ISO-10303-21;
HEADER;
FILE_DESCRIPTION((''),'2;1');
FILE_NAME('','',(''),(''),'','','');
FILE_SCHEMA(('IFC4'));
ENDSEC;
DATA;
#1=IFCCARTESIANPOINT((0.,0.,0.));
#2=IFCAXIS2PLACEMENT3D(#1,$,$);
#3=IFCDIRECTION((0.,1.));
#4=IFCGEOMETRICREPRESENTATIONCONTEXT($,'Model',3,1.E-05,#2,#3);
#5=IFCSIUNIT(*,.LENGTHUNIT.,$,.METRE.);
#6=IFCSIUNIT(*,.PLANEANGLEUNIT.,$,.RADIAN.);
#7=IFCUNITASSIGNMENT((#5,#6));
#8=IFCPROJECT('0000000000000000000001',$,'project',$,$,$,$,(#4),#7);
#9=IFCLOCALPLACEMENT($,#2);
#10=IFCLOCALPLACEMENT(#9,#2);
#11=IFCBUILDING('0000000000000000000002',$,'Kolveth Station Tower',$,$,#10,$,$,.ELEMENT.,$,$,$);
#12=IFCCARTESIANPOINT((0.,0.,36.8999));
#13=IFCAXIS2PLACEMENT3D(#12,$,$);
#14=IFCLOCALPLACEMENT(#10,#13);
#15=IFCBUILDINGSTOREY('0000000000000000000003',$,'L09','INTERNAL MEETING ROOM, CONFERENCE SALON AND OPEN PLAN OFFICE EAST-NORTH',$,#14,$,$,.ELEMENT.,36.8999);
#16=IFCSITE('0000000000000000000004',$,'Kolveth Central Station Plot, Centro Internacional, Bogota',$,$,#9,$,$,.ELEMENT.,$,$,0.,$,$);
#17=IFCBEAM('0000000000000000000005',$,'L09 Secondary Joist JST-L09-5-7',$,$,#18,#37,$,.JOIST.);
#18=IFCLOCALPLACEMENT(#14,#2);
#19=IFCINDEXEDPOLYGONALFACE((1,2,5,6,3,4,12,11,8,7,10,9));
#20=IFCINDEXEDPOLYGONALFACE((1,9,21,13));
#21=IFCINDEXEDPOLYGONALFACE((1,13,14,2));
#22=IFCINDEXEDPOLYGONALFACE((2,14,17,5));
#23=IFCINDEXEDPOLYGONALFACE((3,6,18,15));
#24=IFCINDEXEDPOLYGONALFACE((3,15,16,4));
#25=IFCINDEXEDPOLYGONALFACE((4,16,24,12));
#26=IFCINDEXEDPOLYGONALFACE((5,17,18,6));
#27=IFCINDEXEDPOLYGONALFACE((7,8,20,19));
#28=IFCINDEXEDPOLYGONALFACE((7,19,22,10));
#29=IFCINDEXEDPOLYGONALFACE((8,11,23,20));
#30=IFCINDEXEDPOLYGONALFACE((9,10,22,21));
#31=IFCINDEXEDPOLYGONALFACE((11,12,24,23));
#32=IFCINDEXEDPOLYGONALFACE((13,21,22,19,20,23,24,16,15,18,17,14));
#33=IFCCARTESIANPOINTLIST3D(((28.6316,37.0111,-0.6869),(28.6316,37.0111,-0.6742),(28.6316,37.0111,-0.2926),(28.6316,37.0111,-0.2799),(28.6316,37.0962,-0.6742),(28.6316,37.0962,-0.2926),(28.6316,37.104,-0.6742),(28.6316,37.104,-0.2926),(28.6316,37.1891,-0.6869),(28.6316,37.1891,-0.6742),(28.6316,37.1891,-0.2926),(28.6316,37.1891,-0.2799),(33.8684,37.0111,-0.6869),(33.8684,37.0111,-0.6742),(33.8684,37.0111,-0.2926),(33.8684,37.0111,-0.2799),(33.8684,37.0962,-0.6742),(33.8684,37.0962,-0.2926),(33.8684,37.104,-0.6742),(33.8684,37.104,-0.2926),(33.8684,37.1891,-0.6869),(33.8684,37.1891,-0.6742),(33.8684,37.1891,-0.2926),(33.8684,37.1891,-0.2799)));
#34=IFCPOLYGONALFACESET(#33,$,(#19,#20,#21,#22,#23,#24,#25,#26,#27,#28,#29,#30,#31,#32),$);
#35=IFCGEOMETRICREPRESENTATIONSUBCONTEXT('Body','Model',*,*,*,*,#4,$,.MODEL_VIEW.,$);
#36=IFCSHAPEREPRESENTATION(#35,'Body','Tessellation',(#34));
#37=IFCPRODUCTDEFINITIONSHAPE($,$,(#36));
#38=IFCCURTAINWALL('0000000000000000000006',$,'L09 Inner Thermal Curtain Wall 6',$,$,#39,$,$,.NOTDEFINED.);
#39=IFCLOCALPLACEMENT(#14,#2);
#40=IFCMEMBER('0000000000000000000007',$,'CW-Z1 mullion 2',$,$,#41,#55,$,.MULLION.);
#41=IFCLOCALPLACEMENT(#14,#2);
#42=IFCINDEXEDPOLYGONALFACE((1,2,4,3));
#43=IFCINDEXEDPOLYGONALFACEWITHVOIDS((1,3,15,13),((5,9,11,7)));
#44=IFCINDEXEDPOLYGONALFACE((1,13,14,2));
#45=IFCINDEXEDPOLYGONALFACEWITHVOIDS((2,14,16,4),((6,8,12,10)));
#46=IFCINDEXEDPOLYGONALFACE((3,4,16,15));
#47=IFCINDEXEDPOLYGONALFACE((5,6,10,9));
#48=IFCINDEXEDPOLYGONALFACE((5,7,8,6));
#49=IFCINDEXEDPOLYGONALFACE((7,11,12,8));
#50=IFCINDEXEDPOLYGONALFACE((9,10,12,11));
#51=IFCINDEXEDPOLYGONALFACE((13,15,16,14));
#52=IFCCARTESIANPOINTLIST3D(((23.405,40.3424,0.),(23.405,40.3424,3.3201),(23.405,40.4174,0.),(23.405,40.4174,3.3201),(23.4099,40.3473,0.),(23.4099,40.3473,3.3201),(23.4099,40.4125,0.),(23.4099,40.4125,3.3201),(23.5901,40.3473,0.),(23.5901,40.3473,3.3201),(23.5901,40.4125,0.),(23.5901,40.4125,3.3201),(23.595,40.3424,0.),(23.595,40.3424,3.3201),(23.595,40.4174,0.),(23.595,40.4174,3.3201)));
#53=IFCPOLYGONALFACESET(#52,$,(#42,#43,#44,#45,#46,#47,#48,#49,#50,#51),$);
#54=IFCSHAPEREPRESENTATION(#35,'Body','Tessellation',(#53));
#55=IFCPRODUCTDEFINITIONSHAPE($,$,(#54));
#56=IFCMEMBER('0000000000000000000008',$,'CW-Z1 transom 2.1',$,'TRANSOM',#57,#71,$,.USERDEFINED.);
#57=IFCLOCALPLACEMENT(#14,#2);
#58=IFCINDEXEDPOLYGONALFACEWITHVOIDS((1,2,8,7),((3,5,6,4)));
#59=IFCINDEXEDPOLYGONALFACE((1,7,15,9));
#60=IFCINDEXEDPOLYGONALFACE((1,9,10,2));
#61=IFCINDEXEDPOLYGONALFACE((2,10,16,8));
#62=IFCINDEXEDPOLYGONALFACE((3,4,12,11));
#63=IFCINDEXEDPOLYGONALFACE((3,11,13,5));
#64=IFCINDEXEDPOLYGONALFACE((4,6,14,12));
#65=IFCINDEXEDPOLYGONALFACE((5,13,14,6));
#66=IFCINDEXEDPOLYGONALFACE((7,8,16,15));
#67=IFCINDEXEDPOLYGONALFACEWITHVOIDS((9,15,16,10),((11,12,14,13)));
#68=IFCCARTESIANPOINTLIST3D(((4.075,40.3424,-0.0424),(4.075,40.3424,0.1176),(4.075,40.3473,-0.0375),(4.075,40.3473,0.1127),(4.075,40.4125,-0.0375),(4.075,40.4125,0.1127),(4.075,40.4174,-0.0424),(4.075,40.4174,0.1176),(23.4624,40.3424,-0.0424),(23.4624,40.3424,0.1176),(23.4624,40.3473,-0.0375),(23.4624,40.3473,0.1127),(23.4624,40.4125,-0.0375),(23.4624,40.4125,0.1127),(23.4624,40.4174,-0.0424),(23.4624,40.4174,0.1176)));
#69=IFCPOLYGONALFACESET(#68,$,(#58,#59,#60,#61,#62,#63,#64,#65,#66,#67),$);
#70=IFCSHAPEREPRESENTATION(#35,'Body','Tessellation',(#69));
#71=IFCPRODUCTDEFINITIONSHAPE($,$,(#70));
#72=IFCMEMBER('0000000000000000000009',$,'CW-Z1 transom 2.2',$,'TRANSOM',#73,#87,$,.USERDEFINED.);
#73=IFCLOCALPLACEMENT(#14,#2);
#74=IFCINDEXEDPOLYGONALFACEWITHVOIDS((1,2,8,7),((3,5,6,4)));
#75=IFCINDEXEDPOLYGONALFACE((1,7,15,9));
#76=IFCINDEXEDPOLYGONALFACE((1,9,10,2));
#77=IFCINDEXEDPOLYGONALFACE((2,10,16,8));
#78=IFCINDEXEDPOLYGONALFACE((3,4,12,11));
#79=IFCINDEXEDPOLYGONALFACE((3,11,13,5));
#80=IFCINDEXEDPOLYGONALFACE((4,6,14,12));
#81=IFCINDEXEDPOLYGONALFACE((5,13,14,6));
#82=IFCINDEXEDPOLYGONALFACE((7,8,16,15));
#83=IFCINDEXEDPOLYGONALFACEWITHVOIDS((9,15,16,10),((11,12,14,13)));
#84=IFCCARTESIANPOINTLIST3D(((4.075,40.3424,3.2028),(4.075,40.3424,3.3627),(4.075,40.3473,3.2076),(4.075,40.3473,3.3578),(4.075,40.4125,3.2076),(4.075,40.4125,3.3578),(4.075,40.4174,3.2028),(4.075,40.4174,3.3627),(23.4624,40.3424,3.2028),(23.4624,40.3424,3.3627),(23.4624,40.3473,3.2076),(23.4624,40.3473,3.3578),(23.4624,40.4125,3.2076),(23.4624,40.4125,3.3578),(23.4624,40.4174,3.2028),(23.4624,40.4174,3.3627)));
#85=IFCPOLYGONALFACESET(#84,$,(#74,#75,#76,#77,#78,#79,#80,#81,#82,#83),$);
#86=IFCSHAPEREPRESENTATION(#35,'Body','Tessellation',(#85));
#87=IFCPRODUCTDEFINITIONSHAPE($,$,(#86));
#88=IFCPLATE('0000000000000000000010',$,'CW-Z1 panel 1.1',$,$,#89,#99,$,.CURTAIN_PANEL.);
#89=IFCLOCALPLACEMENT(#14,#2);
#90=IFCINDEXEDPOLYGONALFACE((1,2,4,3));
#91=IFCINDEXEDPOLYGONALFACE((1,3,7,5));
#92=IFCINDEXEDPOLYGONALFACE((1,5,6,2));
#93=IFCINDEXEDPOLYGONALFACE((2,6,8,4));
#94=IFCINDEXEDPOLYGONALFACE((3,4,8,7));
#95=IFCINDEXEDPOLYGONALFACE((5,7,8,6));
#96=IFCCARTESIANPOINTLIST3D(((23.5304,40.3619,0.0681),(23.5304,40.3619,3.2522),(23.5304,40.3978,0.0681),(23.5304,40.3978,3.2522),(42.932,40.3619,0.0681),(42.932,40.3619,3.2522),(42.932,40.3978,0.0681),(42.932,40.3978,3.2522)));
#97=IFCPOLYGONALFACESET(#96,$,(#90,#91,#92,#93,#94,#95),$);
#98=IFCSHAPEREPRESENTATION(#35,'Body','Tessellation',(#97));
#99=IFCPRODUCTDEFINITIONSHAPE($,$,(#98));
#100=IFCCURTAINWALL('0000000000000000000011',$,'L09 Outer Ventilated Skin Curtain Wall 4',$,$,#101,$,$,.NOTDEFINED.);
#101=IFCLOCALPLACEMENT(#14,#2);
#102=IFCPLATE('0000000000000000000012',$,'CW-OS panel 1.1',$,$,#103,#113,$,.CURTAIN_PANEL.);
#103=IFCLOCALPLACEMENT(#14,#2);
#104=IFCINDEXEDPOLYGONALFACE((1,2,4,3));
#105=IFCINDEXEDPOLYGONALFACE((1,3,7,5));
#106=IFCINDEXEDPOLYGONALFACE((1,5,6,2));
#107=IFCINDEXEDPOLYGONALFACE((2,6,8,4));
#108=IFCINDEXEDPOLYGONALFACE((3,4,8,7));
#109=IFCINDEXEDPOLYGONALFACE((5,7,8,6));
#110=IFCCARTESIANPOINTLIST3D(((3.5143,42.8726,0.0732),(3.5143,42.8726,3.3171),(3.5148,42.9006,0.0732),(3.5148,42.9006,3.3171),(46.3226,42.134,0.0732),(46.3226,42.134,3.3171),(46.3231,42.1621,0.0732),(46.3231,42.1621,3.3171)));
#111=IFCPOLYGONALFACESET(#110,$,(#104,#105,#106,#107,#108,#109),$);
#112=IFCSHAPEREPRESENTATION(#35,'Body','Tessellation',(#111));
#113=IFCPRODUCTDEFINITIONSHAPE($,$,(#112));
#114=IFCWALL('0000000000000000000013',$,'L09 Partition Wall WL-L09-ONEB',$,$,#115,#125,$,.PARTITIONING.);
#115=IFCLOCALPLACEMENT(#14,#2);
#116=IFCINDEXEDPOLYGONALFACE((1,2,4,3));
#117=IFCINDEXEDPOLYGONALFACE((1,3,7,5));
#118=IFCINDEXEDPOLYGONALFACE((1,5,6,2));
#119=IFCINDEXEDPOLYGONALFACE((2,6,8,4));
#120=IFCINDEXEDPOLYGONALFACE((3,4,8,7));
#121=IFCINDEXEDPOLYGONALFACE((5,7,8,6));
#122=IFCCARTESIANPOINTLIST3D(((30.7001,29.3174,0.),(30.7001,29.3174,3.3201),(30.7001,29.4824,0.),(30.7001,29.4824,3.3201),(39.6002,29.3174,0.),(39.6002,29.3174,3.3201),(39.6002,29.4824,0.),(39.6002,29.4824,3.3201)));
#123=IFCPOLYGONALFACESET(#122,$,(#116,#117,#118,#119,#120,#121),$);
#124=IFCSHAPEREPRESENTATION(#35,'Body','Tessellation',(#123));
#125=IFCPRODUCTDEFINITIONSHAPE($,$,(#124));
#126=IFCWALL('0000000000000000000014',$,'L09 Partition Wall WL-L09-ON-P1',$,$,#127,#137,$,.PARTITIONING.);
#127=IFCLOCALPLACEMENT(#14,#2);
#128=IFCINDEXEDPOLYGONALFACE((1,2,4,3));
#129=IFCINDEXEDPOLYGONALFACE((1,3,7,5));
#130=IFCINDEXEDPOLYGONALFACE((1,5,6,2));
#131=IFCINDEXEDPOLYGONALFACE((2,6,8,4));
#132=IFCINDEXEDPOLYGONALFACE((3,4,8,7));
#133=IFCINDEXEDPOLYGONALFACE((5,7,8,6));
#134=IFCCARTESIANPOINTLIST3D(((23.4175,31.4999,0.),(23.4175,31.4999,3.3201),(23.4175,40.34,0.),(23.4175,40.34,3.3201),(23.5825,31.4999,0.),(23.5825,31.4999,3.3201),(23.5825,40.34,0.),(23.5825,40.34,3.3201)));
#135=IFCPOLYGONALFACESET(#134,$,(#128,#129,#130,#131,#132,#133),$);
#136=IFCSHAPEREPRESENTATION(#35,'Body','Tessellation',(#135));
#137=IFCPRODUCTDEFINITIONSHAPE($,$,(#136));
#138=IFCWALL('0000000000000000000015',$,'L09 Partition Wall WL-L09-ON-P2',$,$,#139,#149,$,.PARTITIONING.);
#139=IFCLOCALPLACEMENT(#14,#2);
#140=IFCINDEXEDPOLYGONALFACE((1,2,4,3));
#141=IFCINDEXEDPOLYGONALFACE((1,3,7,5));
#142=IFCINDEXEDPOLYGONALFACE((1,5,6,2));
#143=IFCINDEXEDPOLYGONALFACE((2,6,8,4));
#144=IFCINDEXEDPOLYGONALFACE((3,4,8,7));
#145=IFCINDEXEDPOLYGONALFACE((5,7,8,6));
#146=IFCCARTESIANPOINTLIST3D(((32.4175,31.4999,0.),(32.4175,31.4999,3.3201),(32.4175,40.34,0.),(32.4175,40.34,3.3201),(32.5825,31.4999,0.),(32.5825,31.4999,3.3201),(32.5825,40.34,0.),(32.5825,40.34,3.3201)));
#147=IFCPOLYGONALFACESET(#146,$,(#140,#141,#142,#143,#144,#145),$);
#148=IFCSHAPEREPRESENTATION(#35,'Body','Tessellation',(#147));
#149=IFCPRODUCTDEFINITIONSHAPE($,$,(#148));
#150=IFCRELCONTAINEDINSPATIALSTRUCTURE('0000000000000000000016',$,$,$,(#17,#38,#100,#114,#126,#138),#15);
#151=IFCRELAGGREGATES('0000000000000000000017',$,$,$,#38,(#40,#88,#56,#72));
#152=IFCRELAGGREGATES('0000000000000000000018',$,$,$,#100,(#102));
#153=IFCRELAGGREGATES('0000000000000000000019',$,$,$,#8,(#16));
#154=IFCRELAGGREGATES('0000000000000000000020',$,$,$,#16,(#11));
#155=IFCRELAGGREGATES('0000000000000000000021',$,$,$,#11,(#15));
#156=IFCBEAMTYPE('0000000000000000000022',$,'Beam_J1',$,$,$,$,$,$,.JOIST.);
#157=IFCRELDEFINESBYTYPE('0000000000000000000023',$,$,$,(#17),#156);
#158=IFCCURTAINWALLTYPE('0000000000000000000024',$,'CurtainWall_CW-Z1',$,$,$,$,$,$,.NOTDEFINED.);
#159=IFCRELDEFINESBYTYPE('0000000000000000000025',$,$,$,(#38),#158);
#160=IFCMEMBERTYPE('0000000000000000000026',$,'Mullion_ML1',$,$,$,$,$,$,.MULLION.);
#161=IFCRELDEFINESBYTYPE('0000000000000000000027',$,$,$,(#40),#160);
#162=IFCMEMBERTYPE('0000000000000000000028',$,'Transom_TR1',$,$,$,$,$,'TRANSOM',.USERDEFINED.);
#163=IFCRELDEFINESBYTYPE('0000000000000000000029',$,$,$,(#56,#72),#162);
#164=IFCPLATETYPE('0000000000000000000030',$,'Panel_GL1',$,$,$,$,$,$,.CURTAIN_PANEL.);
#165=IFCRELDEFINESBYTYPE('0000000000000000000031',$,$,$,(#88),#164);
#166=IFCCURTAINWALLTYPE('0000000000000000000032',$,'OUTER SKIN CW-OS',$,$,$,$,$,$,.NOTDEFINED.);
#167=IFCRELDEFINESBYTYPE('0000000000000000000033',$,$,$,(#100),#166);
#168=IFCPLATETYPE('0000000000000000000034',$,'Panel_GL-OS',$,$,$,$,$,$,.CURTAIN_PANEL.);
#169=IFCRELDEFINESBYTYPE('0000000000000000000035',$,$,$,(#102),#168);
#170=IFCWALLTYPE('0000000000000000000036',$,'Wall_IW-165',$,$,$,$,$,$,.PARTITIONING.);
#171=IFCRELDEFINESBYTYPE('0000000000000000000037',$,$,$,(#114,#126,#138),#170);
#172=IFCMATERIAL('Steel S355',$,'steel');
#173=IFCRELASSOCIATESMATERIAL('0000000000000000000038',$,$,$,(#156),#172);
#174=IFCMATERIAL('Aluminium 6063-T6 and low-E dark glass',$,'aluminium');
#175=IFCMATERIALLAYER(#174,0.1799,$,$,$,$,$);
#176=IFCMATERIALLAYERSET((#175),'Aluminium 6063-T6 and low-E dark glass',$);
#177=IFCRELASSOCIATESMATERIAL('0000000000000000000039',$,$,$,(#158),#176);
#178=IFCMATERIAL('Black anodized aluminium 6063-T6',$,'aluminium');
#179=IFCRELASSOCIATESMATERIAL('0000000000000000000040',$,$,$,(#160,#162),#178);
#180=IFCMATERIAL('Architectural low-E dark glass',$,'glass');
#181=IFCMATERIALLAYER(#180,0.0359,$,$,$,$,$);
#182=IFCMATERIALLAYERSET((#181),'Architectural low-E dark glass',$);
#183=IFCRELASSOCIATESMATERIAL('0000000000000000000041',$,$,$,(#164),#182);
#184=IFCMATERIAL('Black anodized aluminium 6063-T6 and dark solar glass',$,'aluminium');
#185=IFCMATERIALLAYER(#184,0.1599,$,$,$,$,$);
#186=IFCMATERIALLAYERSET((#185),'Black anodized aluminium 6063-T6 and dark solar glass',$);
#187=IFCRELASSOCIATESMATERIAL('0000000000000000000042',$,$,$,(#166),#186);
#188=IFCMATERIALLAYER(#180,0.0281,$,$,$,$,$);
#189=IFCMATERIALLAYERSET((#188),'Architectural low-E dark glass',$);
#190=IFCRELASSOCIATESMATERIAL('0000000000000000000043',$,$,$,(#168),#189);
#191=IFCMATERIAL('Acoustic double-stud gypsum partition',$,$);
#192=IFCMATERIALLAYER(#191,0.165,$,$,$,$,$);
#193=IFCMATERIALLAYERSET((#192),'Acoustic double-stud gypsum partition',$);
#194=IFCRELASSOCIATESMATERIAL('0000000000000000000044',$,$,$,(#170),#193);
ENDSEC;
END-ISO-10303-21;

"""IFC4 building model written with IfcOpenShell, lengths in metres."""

from ifc_helpers import new_model, si_unit, direction, frame, frame_2d, origin, origin_2d, place, context, subcontext, project, spatial, rectangle, hollow_rectangle, i_section, extrude, source, transform, mapped, material, layer, layer_set, material_profile, profile_set, type_object, element, aggregate, save


model = new_model("IFC4")

# Units and contexts
model_context = context("Model", 3, precision=1e-05, world=origin(), true_north=direction((0.0, 1.0)))
body_context = subcontext(model_context, "Body", "Model", "MODEL_VIEW")
ifc_project = project(units=[si_unit("LENGTHUNIT", "METRE"), si_unit("PLANEANGLEUNIT", "RADIAN")], contexts=[model_context])

# Site, building, storey
site_placement = place(None, origin())
site = spatial("IfcSite", under=ifc_project, at=site_placement, Name="Kolveth Central Station Plot, Centro Internacional, Bogota", CompositionType="ELEMENT", RefElevation=0.0)
building_placement = place(site_placement, origin())
building = spatial("IfcBuilding", under=site, at=building_placement, Name="Kolveth Station Tower", CompositionType="ELEMENT")
storey_placement = place(building_placement, frame((0.0, 0.0, 36.8999)))
storey = spatial("IfcBuildingStorey", under=building, at=storey_placement, Name="L09", Description="INTERNAL MEETING ROOM, CONFERENCE SALON AND OPEN PLAN OFFICE EAST-NORTH", CompositionType="ELEMENT", Elevation=36.8999)

# Shared definitions
ifc_material_1 = material(Name="Steel S355", Category="steel")

# Beam
ifc_material_profile_1 = material_profile(ifc_material_1, i_section(OverallWidth=0.178, OverallDepth=0.407, WebThickness=0.0078, FlangeThickness=0.0127, at=origin_2d()), Name="W410x60")
ifc_profile_set_1 = profile_set([ifc_material_profile_1], Name="Steel S355")
beam_type_1 = type_object("IfcBeamType", Name="Beam_J1", PredefinedType="JOIST", material=ifc_profile_set_1)
shared_shape_1 = source(origin(), body_context, "Body", "SweptSolid", [
    extrude(i_section(OverallWidth=0.178, OverallDepth=0.407, WebThickness=0.0078, FlangeThickness=0.0127, at=origin_2d()), origin(), (0.0, 0.0, 1.0), 5.2368),
])
for number, where, z_axis, x_axis, name in (
    (1, (28.6316, 37.1001, -0.4834), (1.0, 0.0, 0.0), (0.0, 1.0, 0.0), "L09 Secondary Joist JST-L09-5-7"),
):
    element("IfcBeam", number, at=place(storey_placement, frame(where, z_axis=z_axis, x_axis=x_axis)), inside=storey, type_object=beam_type_1, Name=name, PredefinedType="JOIST", context=body_context, shape_type="MappedRepresentation", body=[
        mapped(shared_shape_1, transform((0.0, 0.0, 0.0), x_axis=(1.0, 0.0, 0.0), y_axis=(0.0, 1.0, 0.0), z_axis=(0.0, 0.0, 1.0), scale=1.0)),
    ])

# Curtain wall, members, plate
ifc_material_2 = material(Name="Aluminium 6063-T6 and low-E dark glass", Category="aluminium")
ifc_layer_1 = layer(ifc_material_2, 0.1799)
ifc_layer_set_1 = layer_set([ifc_layer_1], Name="Aluminium 6063-T6 and low-E dark glass")
curtain_wall_type_1 = type_object("IfcCurtainWallType", Name="CurtainWall_CW-Z1", PredefinedType="NOTDEFINED", material=ifc_layer_set_1)
curtain_wall_1_placement = place(storey_placement, origin())
curtain_wall_1 = element("IfcCurtainWall", 2, at=curtain_wall_1_placement, inside=storey, type_object=curtain_wall_type_1, Name="L09 Inner Thermal Curtain Wall 6", PredefinedType="NOTDEFINED")
ifc_material_3 = material(Name="Black anodized aluminium 6063-T6", Category="aluminium")
ifc_material_profile_2 = material_profile(ifc_material_3, hollow_rectangle(XDim=0.075, YDim=0.1899, WallThickness=0.0049, at=origin_2d()), Name="ALU-75x190x5")
ifc_profile_set_2 = profile_set([ifc_material_profile_2], Name="Black anodized aluminium 6063-T6")
member_type_1 = type_object("IfcMemberType", Name="Mullion_ML1", PredefinedType="MULLION", material=ifc_profile_set_2)
shared_shape_2 = source(origin(), body_context, "Body", "SweptSolid", [
    extrude(hollow_rectangle(XDim=0.075, YDim=0.1899, WallThickness=0.0049, at=origin_2d()), origin(), (0.0, 0.0, 1.0), 3.3201),
])
member_1_placement = place(storey_placement, frame((23.5, 40.3799, 0.0), z_axis=(0.0, 0.0, 1.0), x_axis=(0.0, -1.0, 0.0)))
member_1 = element("IfcMember", 3, at=member_1_placement, type_object=member_type_1, Name="CW-Z1 mullion 2", PredefinedType="MULLION", context=body_context, shape_type="MappedRepresentation", body=[
    mapped(shared_shape_2, transform((0.0, 0.0, 0.0), x_axis=(1.0, 0.0, 0.0), y_axis=(0.0, 1.0, 0.0), z_axis=(0.0, 0.0, 1.0), scale=1.0)),
])
ifc_material_profile_3 = material_profile(ifc_material_3, hollow_rectangle(XDim=0.075, YDim=0.1599, WallThickness=0.0049, at=origin_2d()), Name="ALU-75x160x5")
ifc_profile_set_3 = profile_set([ifc_material_profile_3], Name="Black anodized aluminium 6063-T6")
member_type_2 = type_object("IfcMemberType", Name="Transom_TR1", ElementType="TRANSOM", PredefinedType="USERDEFINED", material=ifc_profile_set_3)
shared_shape_3 = source(origin(), body_context, "Body", "SweptSolid", [
    extrude(hollow_rectangle(XDim=0.075, YDim=0.1599, WallThickness=0.0049, at=origin_2d()), origin(), (0.0, 0.0, 1.0), 19.3875),
])
member_2_placement = place(storey_placement, frame((23.4624, 40.3799, 0.0376), z_axis=(-1.0, 0.0, 0.0), x_axis=(0.0, -1.0, 0.0)))
member_2 = element("IfcMember", 4, at=member_2_placement, type_object=member_type_2, Name="CW-Z1 transom 2.1", ObjectType="TRANSOM", PredefinedType="USERDEFINED", context=body_context, shape_type="MappedRepresentation", body=[
    mapped(shared_shape_3, transform((0.0, 0.0, 0.0), x_axis=(1.0, 0.0, 0.0), y_axis=(0.0, 1.0, 0.0), z_axis=(0.0, 0.0, 1.0), scale=1.0)),
])
member_3_placement = place(storey_placement, frame((23.4624, 40.3799, 3.2827), z_axis=(-1.0, 0.0, 0.0), x_axis=(0.0, -1.0, 0.0)))
member_3 = element("IfcMember", 5, at=member_3_placement, type_object=member_type_2, Name="CW-Z1 transom 2.2", ObjectType="TRANSOM", PredefinedType="USERDEFINED", context=body_context, shape_type="MappedRepresentation", body=[
    mapped(shared_shape_3, transform((0.0, 0.0, 0.0), x_axis=(1.0, 0.0, 0.0), y_axis=(0.0, 1.0, 0.0), z_axis=(0.0, 0.0, 1.0), scale=1.0)),
])
ifc_material_4 = material(Name="Architectural low-E dark glass", Category="glass")
ifc_layer_2 = layer(ifc_material_4, 0.0359)
ifc_layer_set_2 = layer_set([ifc_layer_2], Name="Architectural low-E dark glass")
plate_type_1 = type_object("IfcPlateType", Name="Panel_GL1", PredefinedType="CURTAIN_PANEL", material=ifc_layer_set_2)
shared_shape_4 = source(origin(), body_context, "Body", "SweptSolid", [
    extrude(rectangle(XDim=19.4016, YDim=0.0359, at=origin_2d()), origin(), (0.0, 0.0, 1.0), 3.1841),
])
plate_1_placement = place(storey_placement, frame((33.2312, 40.3799, 0.0681), z_axis=(0.0, 0.0, 1.0), x_axis=(-1.0, 0.0, 0.0)))
plate_1 = element("IfcPlate", 6, at=plate_1_placement, type_object=plate_type_1, Name="CW-Z1 panel 1.1", PredefinedType="CURTAIN_PANEL", context=body_context, shape_type="MappedRepresentation", body=[
    mapped(shared_shape_4, transform((0.0, 0.0, 0.0), x_axis=(1.0, 0.0, 0.0), y_axis=(0.0, 1.0, 0.0), z_axis=(0.0, 0.0, 1.0), scale=1.0)),
])
aggregate(curtain_wall_1, [member_1, plate_1, member_2, member_3])

# Curtain wall, plate
ifc_material_5 = material(Name="Black anodized aluminium 6063-T6 and dark solar glass", Category="aluminium")
ifc_layer_3 = layer(ifc_material_5, 0.1599)
ifc_layer_set_3 = layer_set([ifc_layer_3], Name="Black anodized aluminium 6063-T6 and dark solar glass")
curtain_wall_type_2 = type_object("IfcCurtainWallType", Name="OUTER SKIN CW-OS", PredefinedType="NOTDEFINED", material=ifc_layer_set_3)
curtain_wall_2_placement = place(storey_placement, origin())
curtain_wall_2 = element("IfcCurtainWall", 7, at=curtain_wall_2_placement, inside=storey, type_object=curtain_wall_type_2, Name="L09 Outer Ventilated Skin Curtain Wall 4", PredefinedType="NOTDEFINED")
ifc_layer_4 = layer(ifc_material_4, 0.0281)
ifc_layer_set_4 = layer_set([ifc_layer_4], Name="Architectural low-E dark glass")
plate_type_2 = type_object("IfcPlateType", Name="Panel_GL-OS", PredefinedType="CURTAIN_PANEL", material=ifc_layer_set_4)
shared_shape_5 = source(origin(), body_context, "Body", "SweptSolid", [
    extrude(rectangle(XDim=42.8147, YDim=0.0281, at=origin_2d()), origin(), (0.0, 0.0, 1.0), 3.2439),
])
plate_2_placement = place(storey_placement, frame((24.9187, 42.5173, 0.0732), z_axis=(0.0, 0.0, 1.0), x_axis=(-0.999851, 0.01725, 0.0)))
plate_2 = element("IfcPlate", 8, at=plate_2_placement, type_object=plate_type_2, Name="CW-OS panel 1.1", PredefinedType="CURTAIN_PANEL", context=body_context, shape_type="MappedRepresentation", body=[
    mapped(shared_shape_5, transform((0.0, 0.0, 0.0), x_axis=(1.0, 0.0, 0.0), y_axis=(0.0, 1.0, 0.0), z_axis=(0.0, 0.0, 1.0), scale=1.0)),
])
aggregate(curtain_wall_2, [plate_2])

# Walls
ifc_material_6 = material(Name="Acoustic double-stud gypsum partition")
ifc_layer_5 = layer(ifc_material_6, 0.165)
ifc_layer_set_5 = layer_set([ifc_layer_5], Name="Acoustic double-stud gypsum partition")
wall_type = type_object("IfcWallType", Name="Wall_IW-165", PredefinedType="PARTITIONING", material=ifc_layer_set_5)
wall_placement = place(storey_placement, frame((30.7, 29.3999, 0.0), z_axis=(0.0, 0.0, 1.0), x_axis=(1.0, 0.0, 0.0)))
element("IfcWall", 9, at=wall_placement, inside=storey, type_object=wall_type, Name="L09 Partition Wall WL-L09-ONEB", PredefinedType="PARTITIONING", context=body_context, shape_type="SweptSolid", body=[
    extrude(rectangle(XDim=8.9001, YDim=0.165, at=frame_2d((4.4502, 0.0))), origin(), (0.0, 0.0, 1.0), 3.3201),
])
for number, where, z_axis, x_axis, name in (
    (10, (23.5, 31.5, 0.0), (0.0, 0.0, 1.0), (0.0, 1.0, 0.0), "L09 Partition Wall WL-L09-ON-P1"),
    (11, (32.5, 31.5, 0.0), (0.0, 0.0, 1.0), (0.0, 1.0, 0.0), "L09 Partition Wall WL-L09-ON-P2"),
):
    element("IfcWall", number, at=place(storey_placement, frame(where, z_axis=z_axis, x_axis=x_axis)), inside=storey, type_object=wall_type, Name=name, PredefinedType="PARTITIONING", context=body_context, shape_type="SweptSolid", body=[
        extrude(rectangle(XDim=8.8401, YDim=0.165, at=frame_2d((4.4199, 0.0))), origin(), (0.0, 0.0, 1.0), 3.3201),
    ])

save(model, "model.ifc")
